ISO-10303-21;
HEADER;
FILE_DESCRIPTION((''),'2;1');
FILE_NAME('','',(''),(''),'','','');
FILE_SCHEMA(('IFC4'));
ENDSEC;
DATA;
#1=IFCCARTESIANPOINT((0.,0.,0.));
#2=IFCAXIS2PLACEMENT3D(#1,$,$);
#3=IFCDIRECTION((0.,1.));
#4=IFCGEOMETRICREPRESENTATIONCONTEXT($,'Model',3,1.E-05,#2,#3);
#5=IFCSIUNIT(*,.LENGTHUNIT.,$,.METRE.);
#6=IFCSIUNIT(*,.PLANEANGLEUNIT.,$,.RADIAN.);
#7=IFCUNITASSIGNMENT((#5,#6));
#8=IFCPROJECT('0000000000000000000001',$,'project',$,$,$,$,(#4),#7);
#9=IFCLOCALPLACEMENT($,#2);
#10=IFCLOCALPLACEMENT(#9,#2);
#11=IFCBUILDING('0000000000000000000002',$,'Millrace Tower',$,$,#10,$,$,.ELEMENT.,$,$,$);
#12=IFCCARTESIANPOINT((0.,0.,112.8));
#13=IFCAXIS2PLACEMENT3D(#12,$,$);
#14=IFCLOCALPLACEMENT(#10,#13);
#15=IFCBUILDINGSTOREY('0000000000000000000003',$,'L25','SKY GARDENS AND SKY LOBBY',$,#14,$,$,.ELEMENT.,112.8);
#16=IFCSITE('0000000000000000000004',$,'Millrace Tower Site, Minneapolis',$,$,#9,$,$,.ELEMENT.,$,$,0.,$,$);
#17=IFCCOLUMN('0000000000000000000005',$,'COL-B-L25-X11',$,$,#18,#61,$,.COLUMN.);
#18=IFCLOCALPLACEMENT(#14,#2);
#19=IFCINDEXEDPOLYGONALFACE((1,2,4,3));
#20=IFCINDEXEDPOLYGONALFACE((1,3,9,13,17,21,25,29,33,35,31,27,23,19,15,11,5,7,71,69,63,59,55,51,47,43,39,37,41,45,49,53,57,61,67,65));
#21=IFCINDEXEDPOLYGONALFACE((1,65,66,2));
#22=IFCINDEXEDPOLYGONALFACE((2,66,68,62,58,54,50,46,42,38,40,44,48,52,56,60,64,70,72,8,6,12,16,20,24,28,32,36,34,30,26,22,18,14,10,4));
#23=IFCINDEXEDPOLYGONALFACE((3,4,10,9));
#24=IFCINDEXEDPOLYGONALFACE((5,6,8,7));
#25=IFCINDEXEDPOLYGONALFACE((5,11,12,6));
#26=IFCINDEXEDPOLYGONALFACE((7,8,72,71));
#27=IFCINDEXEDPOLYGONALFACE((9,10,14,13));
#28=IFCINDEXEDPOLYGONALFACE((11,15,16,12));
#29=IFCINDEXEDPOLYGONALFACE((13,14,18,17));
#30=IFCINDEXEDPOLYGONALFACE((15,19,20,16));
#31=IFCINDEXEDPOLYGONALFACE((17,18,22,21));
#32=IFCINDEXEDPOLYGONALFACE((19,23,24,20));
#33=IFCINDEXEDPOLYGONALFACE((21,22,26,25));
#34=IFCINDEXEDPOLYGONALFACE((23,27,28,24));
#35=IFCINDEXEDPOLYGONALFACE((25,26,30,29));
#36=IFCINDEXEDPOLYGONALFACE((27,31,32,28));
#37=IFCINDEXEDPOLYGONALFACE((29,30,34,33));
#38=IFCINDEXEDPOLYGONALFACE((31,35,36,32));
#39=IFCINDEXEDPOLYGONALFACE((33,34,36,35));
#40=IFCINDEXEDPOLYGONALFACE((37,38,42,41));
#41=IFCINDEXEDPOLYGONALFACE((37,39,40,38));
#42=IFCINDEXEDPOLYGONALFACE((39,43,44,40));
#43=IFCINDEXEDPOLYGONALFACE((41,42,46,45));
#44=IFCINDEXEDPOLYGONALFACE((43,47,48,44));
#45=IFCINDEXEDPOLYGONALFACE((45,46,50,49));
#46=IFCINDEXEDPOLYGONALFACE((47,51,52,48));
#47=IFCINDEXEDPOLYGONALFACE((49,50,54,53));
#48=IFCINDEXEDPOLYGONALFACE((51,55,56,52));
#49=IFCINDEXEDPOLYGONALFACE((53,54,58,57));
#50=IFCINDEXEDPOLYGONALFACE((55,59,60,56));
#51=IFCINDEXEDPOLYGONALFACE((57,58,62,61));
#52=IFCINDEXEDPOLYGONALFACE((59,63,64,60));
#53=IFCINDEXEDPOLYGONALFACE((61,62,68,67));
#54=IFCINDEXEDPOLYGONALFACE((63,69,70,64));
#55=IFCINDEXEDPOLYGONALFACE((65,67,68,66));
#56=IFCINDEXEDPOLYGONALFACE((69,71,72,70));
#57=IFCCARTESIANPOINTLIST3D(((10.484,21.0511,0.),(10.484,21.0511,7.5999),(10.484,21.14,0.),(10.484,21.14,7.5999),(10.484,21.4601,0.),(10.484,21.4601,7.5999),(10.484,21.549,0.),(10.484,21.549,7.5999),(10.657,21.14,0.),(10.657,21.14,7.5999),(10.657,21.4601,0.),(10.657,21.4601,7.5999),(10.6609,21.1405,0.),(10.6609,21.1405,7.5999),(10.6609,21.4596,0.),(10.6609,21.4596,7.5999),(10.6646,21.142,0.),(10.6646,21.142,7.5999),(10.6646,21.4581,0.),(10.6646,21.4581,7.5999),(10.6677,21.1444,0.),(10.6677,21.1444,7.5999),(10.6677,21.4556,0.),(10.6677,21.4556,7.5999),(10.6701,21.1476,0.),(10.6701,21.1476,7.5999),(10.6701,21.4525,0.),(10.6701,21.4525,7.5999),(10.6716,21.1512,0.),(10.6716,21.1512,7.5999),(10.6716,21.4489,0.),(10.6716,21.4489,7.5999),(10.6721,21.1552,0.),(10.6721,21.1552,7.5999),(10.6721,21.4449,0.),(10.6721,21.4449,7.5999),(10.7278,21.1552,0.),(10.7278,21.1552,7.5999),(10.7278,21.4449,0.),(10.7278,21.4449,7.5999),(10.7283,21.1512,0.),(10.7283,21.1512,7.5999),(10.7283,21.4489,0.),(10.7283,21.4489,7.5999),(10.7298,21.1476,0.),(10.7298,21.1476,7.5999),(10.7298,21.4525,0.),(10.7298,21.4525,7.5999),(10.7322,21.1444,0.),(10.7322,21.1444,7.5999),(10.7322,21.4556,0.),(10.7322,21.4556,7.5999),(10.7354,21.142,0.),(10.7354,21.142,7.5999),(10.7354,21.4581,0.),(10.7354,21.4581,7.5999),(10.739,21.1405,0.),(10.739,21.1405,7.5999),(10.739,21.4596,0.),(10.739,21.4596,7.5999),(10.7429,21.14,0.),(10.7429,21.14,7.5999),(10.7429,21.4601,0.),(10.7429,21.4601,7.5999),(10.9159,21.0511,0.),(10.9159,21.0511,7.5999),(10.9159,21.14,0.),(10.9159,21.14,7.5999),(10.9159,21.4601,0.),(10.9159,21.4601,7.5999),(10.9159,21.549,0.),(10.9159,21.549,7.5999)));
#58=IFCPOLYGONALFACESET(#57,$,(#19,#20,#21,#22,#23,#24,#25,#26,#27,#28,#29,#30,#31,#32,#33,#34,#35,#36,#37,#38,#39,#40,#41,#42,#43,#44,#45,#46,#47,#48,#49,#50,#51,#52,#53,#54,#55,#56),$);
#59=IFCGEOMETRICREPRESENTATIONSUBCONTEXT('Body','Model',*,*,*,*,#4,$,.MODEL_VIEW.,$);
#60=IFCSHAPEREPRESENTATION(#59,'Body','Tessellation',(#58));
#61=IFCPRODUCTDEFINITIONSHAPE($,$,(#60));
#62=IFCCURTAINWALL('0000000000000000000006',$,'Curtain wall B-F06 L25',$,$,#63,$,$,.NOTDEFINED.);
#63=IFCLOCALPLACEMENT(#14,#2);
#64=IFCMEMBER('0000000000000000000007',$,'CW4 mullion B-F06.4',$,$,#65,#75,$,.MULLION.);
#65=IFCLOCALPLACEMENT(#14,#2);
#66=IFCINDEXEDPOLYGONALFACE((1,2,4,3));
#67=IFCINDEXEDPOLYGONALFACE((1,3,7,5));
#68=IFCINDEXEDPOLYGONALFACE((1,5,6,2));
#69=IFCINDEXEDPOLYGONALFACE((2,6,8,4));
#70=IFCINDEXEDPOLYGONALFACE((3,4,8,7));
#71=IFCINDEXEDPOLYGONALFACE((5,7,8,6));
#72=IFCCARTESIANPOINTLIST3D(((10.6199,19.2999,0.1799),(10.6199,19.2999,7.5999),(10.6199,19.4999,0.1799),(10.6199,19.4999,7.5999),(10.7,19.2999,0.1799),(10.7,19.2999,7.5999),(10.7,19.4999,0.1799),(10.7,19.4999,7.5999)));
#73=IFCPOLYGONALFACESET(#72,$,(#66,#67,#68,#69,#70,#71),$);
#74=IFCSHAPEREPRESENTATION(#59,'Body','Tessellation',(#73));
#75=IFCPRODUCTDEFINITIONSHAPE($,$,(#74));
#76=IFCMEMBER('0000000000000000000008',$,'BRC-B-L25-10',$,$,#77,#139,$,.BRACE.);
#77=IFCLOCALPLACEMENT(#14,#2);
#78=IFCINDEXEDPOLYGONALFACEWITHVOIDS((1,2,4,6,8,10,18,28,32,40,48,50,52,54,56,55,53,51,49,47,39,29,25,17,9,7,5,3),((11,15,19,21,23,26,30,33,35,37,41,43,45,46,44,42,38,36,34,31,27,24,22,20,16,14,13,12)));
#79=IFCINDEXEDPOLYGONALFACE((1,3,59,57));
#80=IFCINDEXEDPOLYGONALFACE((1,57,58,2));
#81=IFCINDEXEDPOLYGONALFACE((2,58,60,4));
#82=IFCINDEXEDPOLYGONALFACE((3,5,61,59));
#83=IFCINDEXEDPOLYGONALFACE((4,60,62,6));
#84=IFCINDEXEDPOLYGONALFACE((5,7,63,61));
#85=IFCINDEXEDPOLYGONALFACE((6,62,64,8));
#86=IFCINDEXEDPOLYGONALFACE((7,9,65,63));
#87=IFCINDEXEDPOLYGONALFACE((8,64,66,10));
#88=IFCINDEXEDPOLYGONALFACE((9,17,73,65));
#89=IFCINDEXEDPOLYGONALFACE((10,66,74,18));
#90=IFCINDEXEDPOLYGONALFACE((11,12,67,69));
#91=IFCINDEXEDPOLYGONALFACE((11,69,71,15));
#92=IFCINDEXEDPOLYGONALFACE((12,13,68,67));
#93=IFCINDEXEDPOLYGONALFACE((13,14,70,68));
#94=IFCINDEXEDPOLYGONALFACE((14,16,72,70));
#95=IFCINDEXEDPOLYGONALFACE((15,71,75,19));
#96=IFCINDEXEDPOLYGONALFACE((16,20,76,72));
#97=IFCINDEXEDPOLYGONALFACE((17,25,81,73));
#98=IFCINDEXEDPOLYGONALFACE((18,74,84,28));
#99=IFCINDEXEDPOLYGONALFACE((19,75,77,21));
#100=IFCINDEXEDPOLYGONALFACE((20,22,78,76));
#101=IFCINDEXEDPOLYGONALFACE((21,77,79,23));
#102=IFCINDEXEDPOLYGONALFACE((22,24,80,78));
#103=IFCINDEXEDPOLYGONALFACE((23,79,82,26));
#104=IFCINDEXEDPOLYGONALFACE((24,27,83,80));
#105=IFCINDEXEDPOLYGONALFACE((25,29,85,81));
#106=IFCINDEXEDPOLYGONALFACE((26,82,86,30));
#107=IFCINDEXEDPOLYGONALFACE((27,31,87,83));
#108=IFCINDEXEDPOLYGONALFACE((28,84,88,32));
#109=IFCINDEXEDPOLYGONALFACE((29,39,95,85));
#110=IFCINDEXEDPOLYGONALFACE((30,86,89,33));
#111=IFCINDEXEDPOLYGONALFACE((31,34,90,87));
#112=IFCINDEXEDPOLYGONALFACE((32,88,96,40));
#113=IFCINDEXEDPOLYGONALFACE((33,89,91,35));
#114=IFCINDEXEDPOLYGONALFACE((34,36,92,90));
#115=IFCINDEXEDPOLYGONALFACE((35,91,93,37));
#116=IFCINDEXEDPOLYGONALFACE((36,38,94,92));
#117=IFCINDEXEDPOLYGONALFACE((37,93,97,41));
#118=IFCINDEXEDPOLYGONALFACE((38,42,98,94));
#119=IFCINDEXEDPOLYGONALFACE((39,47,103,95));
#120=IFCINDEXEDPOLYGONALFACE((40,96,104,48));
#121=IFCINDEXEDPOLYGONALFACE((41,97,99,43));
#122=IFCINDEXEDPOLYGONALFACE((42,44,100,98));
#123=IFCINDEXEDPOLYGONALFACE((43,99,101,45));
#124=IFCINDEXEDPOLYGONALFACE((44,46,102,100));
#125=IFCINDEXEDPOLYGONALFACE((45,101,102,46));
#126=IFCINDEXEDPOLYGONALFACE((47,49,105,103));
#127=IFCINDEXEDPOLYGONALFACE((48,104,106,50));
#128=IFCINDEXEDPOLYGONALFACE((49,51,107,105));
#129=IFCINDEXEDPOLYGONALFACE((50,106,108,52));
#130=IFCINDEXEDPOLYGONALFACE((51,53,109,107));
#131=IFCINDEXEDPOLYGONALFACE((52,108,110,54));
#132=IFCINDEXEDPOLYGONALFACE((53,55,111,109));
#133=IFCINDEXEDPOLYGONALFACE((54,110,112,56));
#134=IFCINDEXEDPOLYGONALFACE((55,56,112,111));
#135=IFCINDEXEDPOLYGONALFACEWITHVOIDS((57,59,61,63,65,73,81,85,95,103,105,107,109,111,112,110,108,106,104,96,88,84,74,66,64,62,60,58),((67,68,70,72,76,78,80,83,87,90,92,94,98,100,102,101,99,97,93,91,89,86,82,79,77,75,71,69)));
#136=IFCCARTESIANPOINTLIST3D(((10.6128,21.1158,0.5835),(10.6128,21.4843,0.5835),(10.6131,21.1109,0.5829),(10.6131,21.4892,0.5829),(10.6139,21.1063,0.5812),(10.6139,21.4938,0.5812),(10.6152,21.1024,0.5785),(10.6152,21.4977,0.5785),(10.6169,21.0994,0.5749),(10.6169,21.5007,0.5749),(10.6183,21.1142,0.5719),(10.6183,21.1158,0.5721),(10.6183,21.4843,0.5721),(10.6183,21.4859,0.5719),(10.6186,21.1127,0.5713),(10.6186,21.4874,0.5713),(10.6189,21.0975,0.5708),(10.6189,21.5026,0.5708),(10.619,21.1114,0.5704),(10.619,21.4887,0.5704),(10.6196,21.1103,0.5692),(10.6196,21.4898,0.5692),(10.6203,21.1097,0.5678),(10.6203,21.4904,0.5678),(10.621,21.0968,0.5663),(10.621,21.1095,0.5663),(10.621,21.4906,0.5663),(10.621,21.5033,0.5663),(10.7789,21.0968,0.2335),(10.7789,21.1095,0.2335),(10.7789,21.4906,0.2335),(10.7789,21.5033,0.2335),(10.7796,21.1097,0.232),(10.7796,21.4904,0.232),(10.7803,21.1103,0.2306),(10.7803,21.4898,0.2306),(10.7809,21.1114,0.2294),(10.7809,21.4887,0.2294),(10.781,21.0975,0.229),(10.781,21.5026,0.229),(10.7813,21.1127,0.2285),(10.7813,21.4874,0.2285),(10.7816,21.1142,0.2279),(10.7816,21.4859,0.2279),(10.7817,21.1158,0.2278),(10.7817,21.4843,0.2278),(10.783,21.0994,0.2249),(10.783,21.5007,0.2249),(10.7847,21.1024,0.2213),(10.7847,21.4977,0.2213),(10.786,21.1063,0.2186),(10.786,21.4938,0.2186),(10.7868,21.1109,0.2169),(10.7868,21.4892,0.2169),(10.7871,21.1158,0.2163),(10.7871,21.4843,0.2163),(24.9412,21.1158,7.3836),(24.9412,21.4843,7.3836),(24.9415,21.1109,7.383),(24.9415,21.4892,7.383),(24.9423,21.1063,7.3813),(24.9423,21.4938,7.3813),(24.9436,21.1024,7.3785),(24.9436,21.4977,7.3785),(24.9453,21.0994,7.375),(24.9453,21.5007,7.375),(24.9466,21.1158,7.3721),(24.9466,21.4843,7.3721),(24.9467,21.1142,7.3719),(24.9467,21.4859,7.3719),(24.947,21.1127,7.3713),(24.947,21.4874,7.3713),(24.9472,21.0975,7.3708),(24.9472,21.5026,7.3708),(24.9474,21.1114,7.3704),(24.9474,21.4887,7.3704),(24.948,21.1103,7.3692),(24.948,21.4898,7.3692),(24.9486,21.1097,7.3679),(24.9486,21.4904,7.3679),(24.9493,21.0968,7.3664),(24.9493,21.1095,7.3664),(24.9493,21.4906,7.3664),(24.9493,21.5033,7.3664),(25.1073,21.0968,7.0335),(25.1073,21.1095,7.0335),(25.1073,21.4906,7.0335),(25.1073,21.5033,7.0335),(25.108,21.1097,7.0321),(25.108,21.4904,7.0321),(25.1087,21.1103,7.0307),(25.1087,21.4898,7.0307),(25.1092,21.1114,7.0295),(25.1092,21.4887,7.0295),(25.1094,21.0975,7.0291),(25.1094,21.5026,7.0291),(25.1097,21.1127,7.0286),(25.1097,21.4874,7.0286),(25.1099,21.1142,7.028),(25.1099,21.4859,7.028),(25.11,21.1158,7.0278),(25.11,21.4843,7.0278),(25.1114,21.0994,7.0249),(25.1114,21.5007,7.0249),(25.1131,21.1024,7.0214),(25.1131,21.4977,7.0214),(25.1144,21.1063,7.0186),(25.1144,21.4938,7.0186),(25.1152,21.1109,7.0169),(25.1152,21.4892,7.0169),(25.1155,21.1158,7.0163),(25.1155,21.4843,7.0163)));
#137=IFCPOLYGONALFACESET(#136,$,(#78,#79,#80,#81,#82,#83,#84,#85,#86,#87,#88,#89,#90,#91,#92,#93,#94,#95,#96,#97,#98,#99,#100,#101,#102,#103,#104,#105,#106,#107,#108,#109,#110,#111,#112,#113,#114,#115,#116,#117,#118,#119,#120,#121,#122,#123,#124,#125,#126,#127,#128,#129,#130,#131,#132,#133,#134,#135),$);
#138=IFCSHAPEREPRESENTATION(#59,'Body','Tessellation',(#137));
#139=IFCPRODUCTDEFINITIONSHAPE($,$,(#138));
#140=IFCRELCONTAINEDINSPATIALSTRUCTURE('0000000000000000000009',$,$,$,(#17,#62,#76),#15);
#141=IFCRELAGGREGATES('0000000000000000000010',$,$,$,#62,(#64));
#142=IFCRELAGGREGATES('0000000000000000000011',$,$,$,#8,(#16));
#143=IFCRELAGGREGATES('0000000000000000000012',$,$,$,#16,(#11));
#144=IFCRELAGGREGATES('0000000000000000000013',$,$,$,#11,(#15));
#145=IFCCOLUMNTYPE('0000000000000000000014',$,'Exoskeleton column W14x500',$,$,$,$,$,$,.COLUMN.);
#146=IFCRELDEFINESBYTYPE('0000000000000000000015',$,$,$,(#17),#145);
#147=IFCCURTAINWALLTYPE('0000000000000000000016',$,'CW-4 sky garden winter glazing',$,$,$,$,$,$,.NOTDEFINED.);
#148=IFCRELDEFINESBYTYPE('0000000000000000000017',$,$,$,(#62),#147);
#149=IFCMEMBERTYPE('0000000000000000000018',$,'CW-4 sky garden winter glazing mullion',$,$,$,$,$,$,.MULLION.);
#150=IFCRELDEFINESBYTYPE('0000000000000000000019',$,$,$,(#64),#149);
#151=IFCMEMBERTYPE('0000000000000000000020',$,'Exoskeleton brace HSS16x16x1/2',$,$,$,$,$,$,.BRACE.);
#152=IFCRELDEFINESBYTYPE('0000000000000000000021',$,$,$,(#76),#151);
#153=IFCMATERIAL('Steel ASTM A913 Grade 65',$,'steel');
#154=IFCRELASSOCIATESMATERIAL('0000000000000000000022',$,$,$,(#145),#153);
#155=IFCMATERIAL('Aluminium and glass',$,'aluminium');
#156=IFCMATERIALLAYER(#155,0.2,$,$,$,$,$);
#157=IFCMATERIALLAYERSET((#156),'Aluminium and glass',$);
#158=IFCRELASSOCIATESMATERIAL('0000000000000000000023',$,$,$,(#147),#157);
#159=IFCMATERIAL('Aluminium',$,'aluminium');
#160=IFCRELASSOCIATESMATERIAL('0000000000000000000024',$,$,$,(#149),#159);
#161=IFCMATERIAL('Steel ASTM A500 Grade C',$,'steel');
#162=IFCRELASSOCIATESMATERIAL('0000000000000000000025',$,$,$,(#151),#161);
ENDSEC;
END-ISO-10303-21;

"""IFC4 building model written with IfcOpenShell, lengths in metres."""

from ifc_helpers import new_model, si_unit, direction, frame, origin, origin_2d, place, context, subcontext, project, spatial, rectangle, hollow_rectangle, i_section, extrude, material, layer, layer_set, material_profile, profile_set, type_object, element, aggregate, save


model = new_model("IFC4")

# Units and contexts
model_context = context("Model", 3, precision=1e-05, world=origin(), true_north=direction((0.0, 1.0)))
body_context = subcontext(model_context, "Body", "Model", "MODEL_VIEW")
ifc_project = project(units=[si_unit("LENGTHUNIT", "METRE"), si_unit("PLANEANGLEUNIT", "RADIAN")], contexts=[model_context])

# Site, building, storey
site_placement = place(None, origin())
site = spatial("IfcSite", under=ifc_project, at=site_placement, Name="Millrace Tower Site, Minneapolis", CompositionType="ELEMENT", RefElevation=0.0)
building_placement = place(site_placement, origin())
building = spatial("IfcBuilding", under=site, at=building_placement, Name="Millrace Tower", CompositionType="ELEMENT")
storey_placement = place(building_placement, frame((0.0, 0.0, 112.8)))
storey = spatial("IfcBuildingStorey", under=building, at=storey_placement, Name="L25", Description="SKY GARDENS AND SKY LOBBY", CompositionType="ELEMENT", Elevation=112.8)

# Column
ifc_material_1 = material(Name="Steel ASTM A913 Grade 65", Category="steel")
ifc_material_profile_1 = material_profile(ifc_material_1, i_section(OverallWidth=0.4319, OverallDepth=0.4978, WebThickness=0.0557, FlangeThickness=0.0889, FilletRadius=0.0151, at=origin_2d()))
ifc_profile_set_1 = profile_set([ifc_material_profile_1], Name="Steel ASTM A913 Grade 65")
column_type = type_object("IfcColumnType", Name="Exoskeleton column W14x500", PredefinedType="COLUMN", material=ifc_profile_set_1)
column_placement = place(storey_placement, frame((10.7, 21.3, 0.0), z_axis=(0.0, 0.0, 1.0), x_axis=(-1.0, 0.0, 0.0)))
element("IfcColumn", 1, at=column_placement, inside=storey, type_object=column_type, Name="COL-B-L25-X11", PredefinedType="COLUMN", context=body_context, shape_type="SweptSolid", body=[
    extrude(i_section(OverallWidth=0.4319, OverallDepth=0.4978, WebThickness=0.0557, FlangeThickness=0.0889, FilletRadius=0.0151, at=origin_2d()), origin(), (0.0, 0.0, 1.0), 7.5999),
])

# Curtain wall, member
ifc_material_2 = material(Name="Aluminium and glass", Category="aluminium")
ifc_layer_1 = layer(ifc_material_2, 0.2)
ifc_layer_set_1 = layer_set([ifc_layer_1], Name="Aluminium and glass")
curtain_wall_type = type_object("IfcCurtainWallType", Name="CW-4 sky garden winter glazing", PredefinedType="NOTDEFINED", material=ifc_layer_set_1)
curtain_wall_placement = place(storey_placement, origin())
curtain_wall = element("IfcCurtainWall", 2, at=curtain_wall_placement, inside=storey, type_object=curtain_wall_type, Name="Curtain wall B-F06 L25", PredefinedType="NOTDEFINED")
ifc_material_3 = material(Name="Aluminium", Category="aluminium")
ifc_material_profile_2 = material_profile(ifc_material_3, rectangle(XDim=0.0801, YDim=0.2, at=origin_2d()))
ifc_profile_set_2 = profile_set([ifc_material_profile_2], Name="Aluminium")
member_type_1 = type_object("IfcMemberType", Name="CW-4 sky garden winter glazing mullion", PredefinedType="MULLION", material=ifc_profile_set_2)
member_1_placement = place(storey_placement, frame((10.6599, 19.3999, 0.1799), z_axis=(0.0, 0.0, 1.0), x_axis=(-1.0, 0.0, 0.0)))
member_1 = element("IfcMember", 3, at=member_1_placement, type_object=member_type_1, Name="CW4 mullion B-F06.4", PredefinedType="MULLION", context=body_context, shape_type="SweptSolid", body=[
    extrude(rectangle(XDim=0.0801, YDim=0.2, at=origin_2d()), origin(), (0.0, 0.0, 1.0), 7.4199),
])
aggregate(curtain_wall, [member_1])

# Member
ifc_material_4 = material(Name="Steel ASTM A500 Grade C", Category="steel")
ifc_material_profile_3 = material_profile(ifc_material_4, hollow_rectangle(XDim=0.4065, YDim=0.4065, WallThickness=0.0127, InnerFilletRadius=0.0063, OuterFilletRadius=0.019, at=origin_2d()))
ifc_profile_set_3 = profile_set([ifc_material_profile_3], Name="Steel ASTM A500 Grade C")
member_type_2 = type_object("IfcMemberType", Name="Exoskeleton brace HSS16x16x1/2", PredefinedType="BRACE", material=ifc_profile_set_3)
member_2_placement = place(storey_placement, frame((10.7, 21.3, 0.3999), z_axis=(0.903422, 0.0, 0.428752), x_axis=(0.0, 1.0, 0.0)))
element("IfcMember", 4, at=member_2_placement, inside=storey, type_object=member_type_2, Name="BRC-B-L25-10", PredefinedType="BRACE", context=body_context, shape_type="SweptSolid", body=[
    extrude(hollow_rectangle(XDim=0.4065, YDim=0.4065, WallThickness=0.0127, InnerFilletRadius=0.0063, OuterFilletRadius=0.019, at=origin_2d()), origin(), (0.0, 0.0, 1.0), 15.8601),
])

save(model, "model.ifc")
